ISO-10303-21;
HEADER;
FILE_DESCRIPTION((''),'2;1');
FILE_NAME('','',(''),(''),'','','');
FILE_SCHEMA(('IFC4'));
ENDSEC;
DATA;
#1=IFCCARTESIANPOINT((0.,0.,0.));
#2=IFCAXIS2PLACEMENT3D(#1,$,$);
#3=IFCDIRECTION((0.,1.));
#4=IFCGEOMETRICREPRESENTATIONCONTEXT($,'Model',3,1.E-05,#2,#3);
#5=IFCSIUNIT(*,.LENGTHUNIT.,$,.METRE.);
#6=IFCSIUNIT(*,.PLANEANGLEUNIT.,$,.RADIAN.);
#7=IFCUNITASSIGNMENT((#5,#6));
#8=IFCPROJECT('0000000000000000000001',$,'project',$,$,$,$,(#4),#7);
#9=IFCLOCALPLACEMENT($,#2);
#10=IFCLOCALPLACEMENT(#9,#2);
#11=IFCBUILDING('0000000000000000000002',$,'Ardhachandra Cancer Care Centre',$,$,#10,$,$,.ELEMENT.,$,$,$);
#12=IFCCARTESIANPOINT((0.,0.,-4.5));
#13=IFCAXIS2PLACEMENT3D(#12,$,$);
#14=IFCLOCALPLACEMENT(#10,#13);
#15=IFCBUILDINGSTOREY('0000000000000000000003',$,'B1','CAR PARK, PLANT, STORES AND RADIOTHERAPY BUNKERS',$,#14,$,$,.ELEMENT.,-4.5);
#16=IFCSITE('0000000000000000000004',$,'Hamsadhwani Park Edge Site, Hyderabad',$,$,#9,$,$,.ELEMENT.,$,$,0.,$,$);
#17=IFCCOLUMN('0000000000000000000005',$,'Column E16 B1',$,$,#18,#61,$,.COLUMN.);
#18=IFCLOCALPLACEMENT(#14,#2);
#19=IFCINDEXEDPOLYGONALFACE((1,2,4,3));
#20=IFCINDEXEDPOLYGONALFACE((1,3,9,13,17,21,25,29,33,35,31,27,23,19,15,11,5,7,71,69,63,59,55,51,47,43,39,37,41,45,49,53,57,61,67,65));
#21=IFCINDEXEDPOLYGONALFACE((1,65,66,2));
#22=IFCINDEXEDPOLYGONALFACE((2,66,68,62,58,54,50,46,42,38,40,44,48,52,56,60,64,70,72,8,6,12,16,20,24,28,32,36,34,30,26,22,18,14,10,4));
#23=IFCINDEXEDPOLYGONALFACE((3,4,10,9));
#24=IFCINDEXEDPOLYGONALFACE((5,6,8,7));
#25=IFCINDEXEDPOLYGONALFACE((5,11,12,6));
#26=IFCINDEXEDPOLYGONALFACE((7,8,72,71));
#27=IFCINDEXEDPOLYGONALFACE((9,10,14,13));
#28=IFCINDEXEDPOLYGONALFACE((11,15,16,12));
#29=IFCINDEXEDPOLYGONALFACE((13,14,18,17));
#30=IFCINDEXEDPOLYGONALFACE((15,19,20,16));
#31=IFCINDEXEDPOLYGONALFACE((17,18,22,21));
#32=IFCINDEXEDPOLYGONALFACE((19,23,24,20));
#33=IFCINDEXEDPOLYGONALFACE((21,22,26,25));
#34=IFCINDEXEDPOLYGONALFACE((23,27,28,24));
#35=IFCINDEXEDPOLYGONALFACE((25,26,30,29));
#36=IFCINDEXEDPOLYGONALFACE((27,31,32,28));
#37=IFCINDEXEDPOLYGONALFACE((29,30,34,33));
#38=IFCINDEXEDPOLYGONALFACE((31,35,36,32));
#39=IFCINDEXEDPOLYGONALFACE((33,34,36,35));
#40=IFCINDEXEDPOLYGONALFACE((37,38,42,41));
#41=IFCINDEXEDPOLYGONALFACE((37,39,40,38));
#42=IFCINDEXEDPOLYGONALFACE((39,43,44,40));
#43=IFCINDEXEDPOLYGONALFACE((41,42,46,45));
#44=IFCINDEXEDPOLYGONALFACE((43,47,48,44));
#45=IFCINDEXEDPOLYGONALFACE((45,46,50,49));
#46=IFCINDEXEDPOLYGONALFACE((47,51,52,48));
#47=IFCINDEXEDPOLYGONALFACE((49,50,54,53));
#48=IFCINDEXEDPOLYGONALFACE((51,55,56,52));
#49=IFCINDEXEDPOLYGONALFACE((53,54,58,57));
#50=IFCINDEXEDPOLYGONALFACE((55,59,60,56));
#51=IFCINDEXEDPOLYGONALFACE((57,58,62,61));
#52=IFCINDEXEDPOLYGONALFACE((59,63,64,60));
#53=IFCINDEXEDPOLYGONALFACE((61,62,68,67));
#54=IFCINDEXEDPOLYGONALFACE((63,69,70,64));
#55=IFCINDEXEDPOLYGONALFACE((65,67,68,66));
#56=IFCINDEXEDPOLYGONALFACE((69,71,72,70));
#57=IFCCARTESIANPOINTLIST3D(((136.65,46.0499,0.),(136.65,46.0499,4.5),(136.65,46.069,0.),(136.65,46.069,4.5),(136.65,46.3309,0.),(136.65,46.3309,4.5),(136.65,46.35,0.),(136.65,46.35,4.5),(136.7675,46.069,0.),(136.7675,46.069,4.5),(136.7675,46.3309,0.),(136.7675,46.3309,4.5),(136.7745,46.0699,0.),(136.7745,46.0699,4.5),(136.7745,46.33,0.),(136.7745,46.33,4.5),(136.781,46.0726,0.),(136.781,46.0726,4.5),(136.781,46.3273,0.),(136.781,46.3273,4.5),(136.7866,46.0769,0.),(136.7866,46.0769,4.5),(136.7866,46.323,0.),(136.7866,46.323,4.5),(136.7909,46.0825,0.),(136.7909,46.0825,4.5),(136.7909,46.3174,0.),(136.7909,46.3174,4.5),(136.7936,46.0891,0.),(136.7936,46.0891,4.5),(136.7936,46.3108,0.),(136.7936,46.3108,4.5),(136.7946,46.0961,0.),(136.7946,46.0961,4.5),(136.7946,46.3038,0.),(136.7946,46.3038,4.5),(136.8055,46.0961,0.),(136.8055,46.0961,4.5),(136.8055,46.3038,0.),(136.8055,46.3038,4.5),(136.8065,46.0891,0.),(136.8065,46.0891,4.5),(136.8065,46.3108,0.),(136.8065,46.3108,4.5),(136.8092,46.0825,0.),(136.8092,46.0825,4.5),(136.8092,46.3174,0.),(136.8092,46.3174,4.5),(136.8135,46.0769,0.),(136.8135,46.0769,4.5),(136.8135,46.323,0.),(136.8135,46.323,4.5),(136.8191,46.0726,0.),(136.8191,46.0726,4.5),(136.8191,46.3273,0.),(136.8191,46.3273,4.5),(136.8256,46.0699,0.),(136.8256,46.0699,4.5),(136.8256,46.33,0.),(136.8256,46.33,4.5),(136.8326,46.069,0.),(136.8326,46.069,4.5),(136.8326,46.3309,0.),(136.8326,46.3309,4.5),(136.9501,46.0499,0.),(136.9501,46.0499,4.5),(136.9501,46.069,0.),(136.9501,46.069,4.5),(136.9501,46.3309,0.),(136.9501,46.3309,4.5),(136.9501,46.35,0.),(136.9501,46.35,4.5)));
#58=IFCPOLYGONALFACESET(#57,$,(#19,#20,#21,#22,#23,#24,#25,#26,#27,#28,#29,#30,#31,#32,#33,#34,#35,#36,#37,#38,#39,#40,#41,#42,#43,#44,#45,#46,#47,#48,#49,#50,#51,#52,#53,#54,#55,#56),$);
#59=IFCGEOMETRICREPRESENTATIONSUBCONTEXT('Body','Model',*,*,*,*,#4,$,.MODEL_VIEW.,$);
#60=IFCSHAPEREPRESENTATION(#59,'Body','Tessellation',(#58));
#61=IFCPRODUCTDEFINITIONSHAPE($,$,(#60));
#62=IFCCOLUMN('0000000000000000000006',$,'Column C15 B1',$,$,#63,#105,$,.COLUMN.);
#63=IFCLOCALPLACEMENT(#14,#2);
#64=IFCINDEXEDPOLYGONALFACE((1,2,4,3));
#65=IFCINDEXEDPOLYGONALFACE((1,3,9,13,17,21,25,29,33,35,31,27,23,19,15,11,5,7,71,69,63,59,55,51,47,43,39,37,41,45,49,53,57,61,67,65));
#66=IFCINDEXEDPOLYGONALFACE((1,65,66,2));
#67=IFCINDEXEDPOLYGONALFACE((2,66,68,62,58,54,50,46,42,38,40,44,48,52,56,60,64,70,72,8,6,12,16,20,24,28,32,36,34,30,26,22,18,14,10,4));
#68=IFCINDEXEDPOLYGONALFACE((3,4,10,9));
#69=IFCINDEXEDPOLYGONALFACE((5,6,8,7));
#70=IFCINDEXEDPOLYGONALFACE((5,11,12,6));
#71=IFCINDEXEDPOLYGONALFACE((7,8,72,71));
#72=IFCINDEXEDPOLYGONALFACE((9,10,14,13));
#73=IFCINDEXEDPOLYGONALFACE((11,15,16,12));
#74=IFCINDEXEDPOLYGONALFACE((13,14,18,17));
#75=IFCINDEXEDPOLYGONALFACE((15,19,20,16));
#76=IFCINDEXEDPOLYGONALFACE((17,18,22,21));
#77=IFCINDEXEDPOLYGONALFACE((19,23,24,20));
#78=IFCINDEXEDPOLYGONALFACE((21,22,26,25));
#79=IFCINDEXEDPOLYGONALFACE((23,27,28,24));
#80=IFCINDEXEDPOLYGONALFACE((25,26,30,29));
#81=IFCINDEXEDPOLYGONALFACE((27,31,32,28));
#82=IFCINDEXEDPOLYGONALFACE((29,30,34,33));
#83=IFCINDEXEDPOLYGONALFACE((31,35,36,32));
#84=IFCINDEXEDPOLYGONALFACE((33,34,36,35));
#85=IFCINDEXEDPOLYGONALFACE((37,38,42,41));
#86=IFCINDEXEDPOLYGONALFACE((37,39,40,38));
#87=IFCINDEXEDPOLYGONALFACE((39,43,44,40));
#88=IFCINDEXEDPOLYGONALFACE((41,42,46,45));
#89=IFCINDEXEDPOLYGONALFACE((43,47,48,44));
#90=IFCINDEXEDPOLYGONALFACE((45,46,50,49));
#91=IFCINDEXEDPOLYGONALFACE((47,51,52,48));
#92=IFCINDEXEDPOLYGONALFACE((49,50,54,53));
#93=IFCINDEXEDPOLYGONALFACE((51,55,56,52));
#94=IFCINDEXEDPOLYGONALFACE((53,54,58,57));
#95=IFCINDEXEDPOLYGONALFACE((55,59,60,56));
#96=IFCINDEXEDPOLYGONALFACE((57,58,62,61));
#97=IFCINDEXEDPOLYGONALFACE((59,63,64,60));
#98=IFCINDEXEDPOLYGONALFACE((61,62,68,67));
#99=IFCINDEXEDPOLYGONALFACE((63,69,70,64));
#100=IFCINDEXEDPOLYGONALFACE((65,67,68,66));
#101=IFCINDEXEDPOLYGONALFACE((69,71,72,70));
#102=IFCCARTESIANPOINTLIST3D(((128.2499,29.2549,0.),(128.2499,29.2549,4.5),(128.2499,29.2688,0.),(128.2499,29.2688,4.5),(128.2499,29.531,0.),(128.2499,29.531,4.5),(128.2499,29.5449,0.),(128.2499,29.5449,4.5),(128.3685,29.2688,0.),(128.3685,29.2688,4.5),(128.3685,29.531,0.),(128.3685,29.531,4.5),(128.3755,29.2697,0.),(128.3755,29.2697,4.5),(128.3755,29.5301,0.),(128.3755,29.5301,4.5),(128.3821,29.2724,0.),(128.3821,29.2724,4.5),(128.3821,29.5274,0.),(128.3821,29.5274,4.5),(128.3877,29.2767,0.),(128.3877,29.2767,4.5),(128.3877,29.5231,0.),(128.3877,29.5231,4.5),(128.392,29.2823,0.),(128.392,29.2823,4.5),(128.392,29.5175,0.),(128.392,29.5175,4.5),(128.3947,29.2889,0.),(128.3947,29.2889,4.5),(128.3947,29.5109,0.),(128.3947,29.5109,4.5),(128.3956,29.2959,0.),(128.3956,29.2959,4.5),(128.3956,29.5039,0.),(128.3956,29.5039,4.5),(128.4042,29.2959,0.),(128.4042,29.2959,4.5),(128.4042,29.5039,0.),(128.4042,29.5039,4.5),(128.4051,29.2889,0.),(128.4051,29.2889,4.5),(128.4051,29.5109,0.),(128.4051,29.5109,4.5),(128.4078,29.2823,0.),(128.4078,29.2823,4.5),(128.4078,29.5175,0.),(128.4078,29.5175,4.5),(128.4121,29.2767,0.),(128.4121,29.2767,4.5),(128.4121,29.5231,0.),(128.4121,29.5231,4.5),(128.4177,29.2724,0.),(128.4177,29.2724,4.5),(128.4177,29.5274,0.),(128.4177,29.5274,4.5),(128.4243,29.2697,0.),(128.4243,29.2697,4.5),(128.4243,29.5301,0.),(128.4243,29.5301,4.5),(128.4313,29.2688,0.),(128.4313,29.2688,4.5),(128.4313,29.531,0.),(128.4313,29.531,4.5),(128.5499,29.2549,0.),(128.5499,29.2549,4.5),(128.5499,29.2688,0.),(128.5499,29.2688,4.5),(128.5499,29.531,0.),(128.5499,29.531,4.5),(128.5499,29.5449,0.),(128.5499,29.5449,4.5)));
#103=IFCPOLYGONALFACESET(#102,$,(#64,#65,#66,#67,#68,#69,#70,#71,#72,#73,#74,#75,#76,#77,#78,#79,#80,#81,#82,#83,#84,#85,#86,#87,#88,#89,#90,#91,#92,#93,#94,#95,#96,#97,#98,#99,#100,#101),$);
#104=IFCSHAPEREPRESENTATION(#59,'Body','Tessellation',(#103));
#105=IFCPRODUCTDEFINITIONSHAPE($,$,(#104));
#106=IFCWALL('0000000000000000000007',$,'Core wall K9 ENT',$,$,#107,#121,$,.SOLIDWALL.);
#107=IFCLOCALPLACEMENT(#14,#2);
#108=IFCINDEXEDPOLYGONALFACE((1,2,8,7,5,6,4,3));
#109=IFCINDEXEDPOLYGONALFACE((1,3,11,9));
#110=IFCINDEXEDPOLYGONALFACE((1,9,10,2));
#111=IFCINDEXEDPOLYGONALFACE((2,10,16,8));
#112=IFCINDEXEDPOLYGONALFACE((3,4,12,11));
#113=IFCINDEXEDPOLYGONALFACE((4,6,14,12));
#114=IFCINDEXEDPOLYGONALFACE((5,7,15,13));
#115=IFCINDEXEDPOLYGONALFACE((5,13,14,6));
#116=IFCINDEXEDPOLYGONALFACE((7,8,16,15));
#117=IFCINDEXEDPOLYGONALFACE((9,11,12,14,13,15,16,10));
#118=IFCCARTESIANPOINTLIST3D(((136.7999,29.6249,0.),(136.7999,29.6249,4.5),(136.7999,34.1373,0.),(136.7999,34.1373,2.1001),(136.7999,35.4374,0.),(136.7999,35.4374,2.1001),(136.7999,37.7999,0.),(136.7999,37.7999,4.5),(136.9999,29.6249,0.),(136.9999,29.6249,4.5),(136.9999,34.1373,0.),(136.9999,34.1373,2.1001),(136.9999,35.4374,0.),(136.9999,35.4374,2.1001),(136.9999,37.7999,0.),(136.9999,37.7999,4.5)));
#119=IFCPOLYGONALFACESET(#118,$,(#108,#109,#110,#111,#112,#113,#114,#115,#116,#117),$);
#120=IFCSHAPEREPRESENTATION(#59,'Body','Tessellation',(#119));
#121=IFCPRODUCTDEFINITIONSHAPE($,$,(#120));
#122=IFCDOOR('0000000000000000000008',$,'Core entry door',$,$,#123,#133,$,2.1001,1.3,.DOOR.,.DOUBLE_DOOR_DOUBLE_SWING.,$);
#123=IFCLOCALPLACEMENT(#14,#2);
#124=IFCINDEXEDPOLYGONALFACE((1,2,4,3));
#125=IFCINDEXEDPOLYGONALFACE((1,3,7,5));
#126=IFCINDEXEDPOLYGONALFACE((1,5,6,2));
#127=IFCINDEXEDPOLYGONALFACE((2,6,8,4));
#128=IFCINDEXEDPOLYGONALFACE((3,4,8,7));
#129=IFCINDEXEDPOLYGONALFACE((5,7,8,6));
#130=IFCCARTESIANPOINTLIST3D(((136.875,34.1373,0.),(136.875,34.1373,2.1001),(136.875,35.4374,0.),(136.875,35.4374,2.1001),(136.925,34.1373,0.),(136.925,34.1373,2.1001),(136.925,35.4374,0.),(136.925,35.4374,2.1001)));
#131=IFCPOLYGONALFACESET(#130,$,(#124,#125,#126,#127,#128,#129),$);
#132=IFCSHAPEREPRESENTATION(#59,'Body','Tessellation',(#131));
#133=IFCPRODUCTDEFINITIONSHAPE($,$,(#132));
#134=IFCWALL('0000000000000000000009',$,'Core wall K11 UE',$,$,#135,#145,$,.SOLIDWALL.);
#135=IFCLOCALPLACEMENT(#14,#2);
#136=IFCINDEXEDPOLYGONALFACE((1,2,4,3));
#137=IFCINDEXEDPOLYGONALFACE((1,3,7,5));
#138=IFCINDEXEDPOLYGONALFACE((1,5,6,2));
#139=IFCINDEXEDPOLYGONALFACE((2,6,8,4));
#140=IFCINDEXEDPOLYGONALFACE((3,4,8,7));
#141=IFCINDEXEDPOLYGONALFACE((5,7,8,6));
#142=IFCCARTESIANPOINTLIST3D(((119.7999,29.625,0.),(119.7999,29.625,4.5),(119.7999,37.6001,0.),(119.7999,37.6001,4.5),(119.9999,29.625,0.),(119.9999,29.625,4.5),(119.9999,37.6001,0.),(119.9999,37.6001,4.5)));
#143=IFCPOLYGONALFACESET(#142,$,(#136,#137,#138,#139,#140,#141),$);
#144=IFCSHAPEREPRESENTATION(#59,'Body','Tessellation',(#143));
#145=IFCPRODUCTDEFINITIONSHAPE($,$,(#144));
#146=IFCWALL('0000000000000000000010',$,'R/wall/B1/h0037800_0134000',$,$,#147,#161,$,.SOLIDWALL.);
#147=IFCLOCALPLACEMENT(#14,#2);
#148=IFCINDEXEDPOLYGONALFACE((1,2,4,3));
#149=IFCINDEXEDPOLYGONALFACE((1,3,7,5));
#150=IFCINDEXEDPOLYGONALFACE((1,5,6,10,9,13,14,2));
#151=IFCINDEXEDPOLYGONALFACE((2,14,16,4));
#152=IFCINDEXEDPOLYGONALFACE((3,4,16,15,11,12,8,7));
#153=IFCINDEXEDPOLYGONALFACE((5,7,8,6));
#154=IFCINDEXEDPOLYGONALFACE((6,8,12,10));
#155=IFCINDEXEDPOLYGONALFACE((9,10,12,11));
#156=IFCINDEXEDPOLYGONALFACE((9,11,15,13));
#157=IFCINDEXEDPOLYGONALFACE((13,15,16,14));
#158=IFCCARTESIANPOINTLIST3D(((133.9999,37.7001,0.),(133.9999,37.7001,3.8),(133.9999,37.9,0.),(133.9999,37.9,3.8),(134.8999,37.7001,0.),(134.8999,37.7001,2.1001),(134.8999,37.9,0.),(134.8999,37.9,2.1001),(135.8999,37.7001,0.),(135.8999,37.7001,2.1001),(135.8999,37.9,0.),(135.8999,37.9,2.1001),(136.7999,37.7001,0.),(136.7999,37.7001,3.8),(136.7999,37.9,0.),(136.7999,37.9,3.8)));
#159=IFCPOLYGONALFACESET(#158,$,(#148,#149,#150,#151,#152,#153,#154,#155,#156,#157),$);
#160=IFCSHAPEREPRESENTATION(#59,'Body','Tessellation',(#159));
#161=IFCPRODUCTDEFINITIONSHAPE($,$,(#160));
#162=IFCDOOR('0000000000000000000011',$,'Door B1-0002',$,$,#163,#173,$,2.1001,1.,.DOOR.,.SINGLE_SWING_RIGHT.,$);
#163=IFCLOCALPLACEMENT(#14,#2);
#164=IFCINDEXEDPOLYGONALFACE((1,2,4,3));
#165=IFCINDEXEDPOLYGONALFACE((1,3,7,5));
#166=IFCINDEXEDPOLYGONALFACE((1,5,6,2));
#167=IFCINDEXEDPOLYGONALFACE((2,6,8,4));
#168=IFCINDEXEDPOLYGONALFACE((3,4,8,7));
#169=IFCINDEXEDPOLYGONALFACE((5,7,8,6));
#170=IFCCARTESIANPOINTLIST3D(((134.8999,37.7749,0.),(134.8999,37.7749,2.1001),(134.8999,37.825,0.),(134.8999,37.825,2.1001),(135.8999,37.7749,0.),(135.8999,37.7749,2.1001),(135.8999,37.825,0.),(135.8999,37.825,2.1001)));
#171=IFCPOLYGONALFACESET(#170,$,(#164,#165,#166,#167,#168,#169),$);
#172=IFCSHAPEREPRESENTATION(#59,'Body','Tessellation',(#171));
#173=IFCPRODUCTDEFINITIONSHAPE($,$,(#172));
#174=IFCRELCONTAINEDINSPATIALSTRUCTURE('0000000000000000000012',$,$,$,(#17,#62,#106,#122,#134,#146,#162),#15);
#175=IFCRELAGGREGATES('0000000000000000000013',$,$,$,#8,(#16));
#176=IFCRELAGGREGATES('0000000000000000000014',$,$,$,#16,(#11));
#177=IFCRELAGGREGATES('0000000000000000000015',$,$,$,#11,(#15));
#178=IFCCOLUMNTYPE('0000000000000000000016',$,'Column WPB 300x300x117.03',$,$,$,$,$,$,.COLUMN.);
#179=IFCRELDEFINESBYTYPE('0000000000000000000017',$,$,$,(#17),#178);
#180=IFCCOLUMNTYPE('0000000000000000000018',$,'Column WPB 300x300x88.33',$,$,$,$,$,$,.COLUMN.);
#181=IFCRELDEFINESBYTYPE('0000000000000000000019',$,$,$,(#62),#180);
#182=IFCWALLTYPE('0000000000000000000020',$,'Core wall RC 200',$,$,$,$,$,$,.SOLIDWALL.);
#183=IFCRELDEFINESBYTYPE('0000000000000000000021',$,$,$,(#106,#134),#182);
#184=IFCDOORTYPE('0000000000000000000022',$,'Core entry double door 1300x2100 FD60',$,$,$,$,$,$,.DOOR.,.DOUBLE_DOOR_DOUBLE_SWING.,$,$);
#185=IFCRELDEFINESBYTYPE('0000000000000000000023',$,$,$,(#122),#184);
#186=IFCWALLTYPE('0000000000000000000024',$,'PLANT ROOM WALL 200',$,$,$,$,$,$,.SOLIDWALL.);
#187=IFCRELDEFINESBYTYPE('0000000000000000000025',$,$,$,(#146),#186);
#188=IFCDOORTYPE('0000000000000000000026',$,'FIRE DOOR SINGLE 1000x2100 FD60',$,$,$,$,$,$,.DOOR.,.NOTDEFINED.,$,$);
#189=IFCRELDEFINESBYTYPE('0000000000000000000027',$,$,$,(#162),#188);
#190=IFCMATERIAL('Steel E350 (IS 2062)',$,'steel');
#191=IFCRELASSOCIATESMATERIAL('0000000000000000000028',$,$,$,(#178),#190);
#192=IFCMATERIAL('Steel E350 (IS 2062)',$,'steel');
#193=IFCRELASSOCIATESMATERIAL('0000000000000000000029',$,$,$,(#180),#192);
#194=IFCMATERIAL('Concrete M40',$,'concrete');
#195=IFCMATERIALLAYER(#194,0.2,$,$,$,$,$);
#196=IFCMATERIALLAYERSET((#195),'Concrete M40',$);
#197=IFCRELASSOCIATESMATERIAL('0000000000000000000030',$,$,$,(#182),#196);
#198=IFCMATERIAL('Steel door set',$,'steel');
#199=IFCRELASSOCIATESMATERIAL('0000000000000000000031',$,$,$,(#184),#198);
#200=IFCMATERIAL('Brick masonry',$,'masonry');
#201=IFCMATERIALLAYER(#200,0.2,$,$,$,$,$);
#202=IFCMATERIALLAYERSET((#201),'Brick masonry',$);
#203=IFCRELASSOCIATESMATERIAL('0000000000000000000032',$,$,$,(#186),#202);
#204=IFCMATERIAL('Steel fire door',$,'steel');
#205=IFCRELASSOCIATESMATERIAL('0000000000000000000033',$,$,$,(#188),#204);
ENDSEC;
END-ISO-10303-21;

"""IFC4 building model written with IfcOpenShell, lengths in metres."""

from ifc_helpers import new_model, si_unit, direction, frame, frame_2d, origin, origin_2d, place, context, subcontext, project, spatial, rectangle, i_section, extrude, material, layer, layer_set, material_profile, profile_set, type_object, element, fill, save


model = new_model("IFC4")

# Units and contexts
model_context = context("Model", 3, precision=1e-05, world=origin(), true_north=direction((0.0, 1.0)))
body_context = subcontext(model_context, "Body", "Model", "MODEL_VIEW")
ifc_project = project(units=[si_unit("LENGTHUNIT", "METRE"), si_unit("PLANEANGLEUNIT", "RADIAN")], contexts=[model_context])

# Site, building, storey
site_placement = place(None, origin())
site = spatial("IfcSite", under=ifc_project, at=site_placement, Name="Hamsadhwani Park Edge Site, Hyderabad", CompositionType="ELEMENT", RefElevation=0.0)
building_placement = place(site_placement, origin())
building = spatial("IfcBuilding", under=site, at=building_placement, Name="Ardhachandra Cancer Care Centre", CompositionType="ELEMENT")
storey_placement = place(building_placement, frame((0.0, 0.0, -4.5)))
storey = spatial("IfcBuildingStorey", under=building, at=storey_placement, Name="B1", Description="CAR PARK, PLANT, STORES AND RADIOTHERAPY BUNKERS", CompositionType="ELEMENT", Elevation=-4.5)

# Columns
ifc_material_1 = material(Name="Steel E350 (IS 2062)", Category="steel")
ifc_material_profile_1 = material_profile(ifc_material_1, i_section(OverallWidth=0.3, OverallDepth=0.3, WebThickness=0.011, FlangeThickness=0.019, FilletRadius=0.0271, at=origin_2d()), Name="WPB 300x300x117.03")
ifc_profile_set_1 = profile_set([ifc_material_profile_1], Name="Steel E350 (IS 2062)")
column_type_1 = type_object("IfcColumnType", Name="Column WPB 300x300x117.03", PredefinedType="COLUMN", material=ifc_profile_set_1)
for number, where, z_axis, x_axis, name in (
    (1, (136.8, 46.2, 0.0), (0.0, 0.0, 1.0), (1.0, 0.0, 0.0), "Column E16 B1"),
):
    element("IfcColumn", number, at=place(storey_placement, frame(where, z_axis=z_axis, x_axis=x_axis)), inside=storey, type_object=column_type_1, Name=name, PredefinedType="COLUMN", context=body_context, shape_type="SweptSolid", body=[
        extrude(i_section(OverallWidth=0.3, OverallDepth=0.3, WebThickness=0.011, FlangeThickness=0.019, FilletRadius=0.0271, at=origin_2d()), origin(), (0.0, 0.0, 1.0), 4.5),
    ])
ifc_material_2 = material(Name="Steel E350 (IS 2062)", Category="steel")
ifc_material_profile_2 = material_profile(ifc_material_2, i_section(OverallWidth=0.3, OverallDepth=0.29, WebThickness=0.0085, FlangeThickness=0.0139, FilletRadius=0.0271, at=origin_2d()), Name="WPB 300x300x88.33")
ifc_profile_set_2 = profile_set([ifc_material_profile_2], Name="Steel E350 (IS 2062)")
column_type_2 = type_object("IfcColumnType", Name="Column WPB 300x300x88.33", PredefinedType="COLUMN", material=ifc_profile_set_2)
column_placement = place(storey_placement, frame((128.3999, 29.3999, 0.0), z_axis=(0.0, 0.0, 1.0), x_axis=(1.0, 0.0, 0.0)))
element("IfcColumn", 2, at=column_placement, inside=storey, type_object=column_type_2, Name="Column C15 B1", PredefinedType="COLUMN", context=body_context, shape_type="SweptSolid", body=[
    extrude(i_section(OverallWidth=0.3, OverallDepth=0.29, WebThickness=0.0085, FlangeThickness=0.0139, FilletRadius=0.0271, at=origin_2d()), origin(), (0.0, 0.0, 1.0), 4.5),
])

# Wall, opening, door
ifc_material_3 = material(Name="Concrete M40", Category="concrete")
ifc_layer_1 = layer(ifc_material_3, 0.2)
ifc_layer_set_1 = layer_set([ifc_layer_1], Name="Concrete M40")
wall_type_1 = type_object("IfcWallType", Name="Core wall RC 200", PredefinedType="SOLIDWALL", material=ifc_layer_set_1)
wall_1_placement = place(storey_placement, frame((136.8999, 29.625, 0.0), z_axis=(0.0, 0.0, 1.0), x_axis=(0.0, 1.0, 0.0)))
wall_1 = element("IfcWall", 3, at=wall_1_placement, inside=storey, type_object=wall_type_1, Name="Core wall K9 ENT", PredefinedType="SOLIDWALL", context=body_context, shape_type="SweptSolid", body=[
    extrude(rectangle(XDim=8.175, YDim=0.2, at=frame_2d((4.0874, 0.0))), origin(), (0.0, 0.0, 1.0), 4.5),
])
opening_1_placement = place(wall_1_placement, frame((4.5125, 0.0, 0.0)))
opening_1 = element("IfcOpeningElement", 4, at=opening_1_placement, cuts=wall_1, PredefinedType="OPENING", context=body_context, shape_type="SweptSolid", body=[
    extrude(rectangle(XDim=1.3, YDim=2.1001, at=frame_2d((0.6499, 1.05))), frame((0.0, 0.1099, 0.0), z_axis=(0.0, -1.0, 0.0), x_axis=(1.0, 0.0, 0.0)), (0.0, 0.0, 1.0), 0.22),
])
ifc_material_4 = material(Name="Steel door set", Category="steel")
door_type_1 = type_object("IfcDoorType", Name="Core entry double door 1300x2100 FD60", OperationType="DOUBLE_DOOR_DOUBLE_SWING", PredefinedType="DOOR", material=ifc_material_4)
door_1_placement = place(opening_1_placement, origin())
door_1 = element("IfcDoor", 5, at=door_1_placement, inside=storey, type_object=door_type_1, Name="Core entry door", OperationType="DOUBLE_DOOR_DOUBLE_SWING", OverallHeight=2.1001, OverallWidth=1.3, PredefinedType="DOOR", context=body_context, shape_type="SweptSolid", body=[
    extrude(rectangle(XDim=1.3, YDim=2.1001, at=frame_2d((0.6499, 1.05))), frame((0.0, 0.0249, 0.0), z_axis=(0.0, -1.0, 0.0), x_axis=(1.0, 0.0, 0.0)), (0.0, 0.0, 1.0), 0.05),
])
fill(opening_1, door_1)

# Wall
wall_2_placement = place(storey_placement, frame((119.8999, 37.6001, 0.0), z_axis=(0.0, 0.0, 1.0), x_axis=(0.0, -1.0, 0.0)))
element("IfcWall", 6, at=wall_2_placement, inside=storey, type_object=wall_type_1, Name="Core wall K11 UE", PredefinedType="SOLIDWALL", context=body_context, shape_type="SweptSolid", body=[
    extrude(rectangle(XDim=7.9751, YDim=0.2, at=frame_2d((3.9875, 0.0))), origin(), (0.0, 0.0, 1.0), 4.5),
])

# Wall, opening, door
ifc_material_5 = material(Name="Brick masonry", Category="masonry")
ifc_layer_2 = layer(ifc_material_5, 0.2)
ifc_layer_set_2 = layer_set([ifc_layer_2], Name="Brick masonry")
wall_type_2 = type_object("IfcWallType", Name="PLANT ROOM WALL 200", PredefinedType="SOLIDWALL", material=ifc_layer_set_2)
wall_3_placement = place(storey_placement, frame((134.0, 37.8, 0.0), z_axis=(0.0, 0.0, 1.0), x_axis=(1.0, 0.0, 0.0)))
wall_3 = element("IfcWall", 7, at=wall_3_placement, inside=storey, type_object=wall_type_2, Name="R/wall/B1/h0037800_0134000", PredefinedType="SOLIDWALL", context=body_context, shape_type="SweptSolid", body=[
    extrude(rectangle(XDim=2.8, YDim=0.2, at=frame_2d((1.3999, 0.0))), origin(), (0.0, 0.0, 1.0), 3.8),
])
opening_2_placement = place(wall_3_placement, frame((0.8999, 0.0, 0.0)))
opening_2 = element("IfcOpeningElement", 8, at=opening_2_placement, cuts=wall_3, PredefinedType="OPENING", context=body_context, shape_type="SweptSolid", body=[
    extrude(rectangle(XDim=1.0, YDim=2.1001, at=frame_2d((0.5, 1.05))), frame((0.0, 0.1099, 0.0), z_axis=(0.0, -1.0, 0.0), x_axis=(1.0, 0.0, 0.0)), (0.0, 0.0, 1.0), 0.22),
])
ifc_material_6 = material(Name="Steel fire door", Category="steel")
door_type_2 = type_object("IfcDoorType", Name="FIRE DOOR SINGLE 1000x2100 FD60", OperationType="NOTDEFINED", PredefinedType="DOOR", material=ifc_material_6)
door_2_placement = place(opening_2_placement, origin())
door_2 = element("IfcDoor", 9, at=door_2_placement, inside=storey, type_object=door_type_2, Name="Door B1-0002", OperationType="SINGLE_SWING_RIGHT", OverallHeight=2.1001, OverallWidth=1.0, PredefinedType="DOOR", context=body_context, shape_type="SweptSolid", body=[
    extrude(rectangle(XDim=1.0, YDim=2.1001, at=frame_2d((0.5, 1.05))), frame((0.0, 0.0249, 0.0), z_axis=(0.0, -1.0, 0.0), x_axis=(1.0, 0.0, 0.0)), (0.0, 0.0, 1.0), 0.05),
])
fill(opening_2, door_2)

save(model, "model.ifc")
